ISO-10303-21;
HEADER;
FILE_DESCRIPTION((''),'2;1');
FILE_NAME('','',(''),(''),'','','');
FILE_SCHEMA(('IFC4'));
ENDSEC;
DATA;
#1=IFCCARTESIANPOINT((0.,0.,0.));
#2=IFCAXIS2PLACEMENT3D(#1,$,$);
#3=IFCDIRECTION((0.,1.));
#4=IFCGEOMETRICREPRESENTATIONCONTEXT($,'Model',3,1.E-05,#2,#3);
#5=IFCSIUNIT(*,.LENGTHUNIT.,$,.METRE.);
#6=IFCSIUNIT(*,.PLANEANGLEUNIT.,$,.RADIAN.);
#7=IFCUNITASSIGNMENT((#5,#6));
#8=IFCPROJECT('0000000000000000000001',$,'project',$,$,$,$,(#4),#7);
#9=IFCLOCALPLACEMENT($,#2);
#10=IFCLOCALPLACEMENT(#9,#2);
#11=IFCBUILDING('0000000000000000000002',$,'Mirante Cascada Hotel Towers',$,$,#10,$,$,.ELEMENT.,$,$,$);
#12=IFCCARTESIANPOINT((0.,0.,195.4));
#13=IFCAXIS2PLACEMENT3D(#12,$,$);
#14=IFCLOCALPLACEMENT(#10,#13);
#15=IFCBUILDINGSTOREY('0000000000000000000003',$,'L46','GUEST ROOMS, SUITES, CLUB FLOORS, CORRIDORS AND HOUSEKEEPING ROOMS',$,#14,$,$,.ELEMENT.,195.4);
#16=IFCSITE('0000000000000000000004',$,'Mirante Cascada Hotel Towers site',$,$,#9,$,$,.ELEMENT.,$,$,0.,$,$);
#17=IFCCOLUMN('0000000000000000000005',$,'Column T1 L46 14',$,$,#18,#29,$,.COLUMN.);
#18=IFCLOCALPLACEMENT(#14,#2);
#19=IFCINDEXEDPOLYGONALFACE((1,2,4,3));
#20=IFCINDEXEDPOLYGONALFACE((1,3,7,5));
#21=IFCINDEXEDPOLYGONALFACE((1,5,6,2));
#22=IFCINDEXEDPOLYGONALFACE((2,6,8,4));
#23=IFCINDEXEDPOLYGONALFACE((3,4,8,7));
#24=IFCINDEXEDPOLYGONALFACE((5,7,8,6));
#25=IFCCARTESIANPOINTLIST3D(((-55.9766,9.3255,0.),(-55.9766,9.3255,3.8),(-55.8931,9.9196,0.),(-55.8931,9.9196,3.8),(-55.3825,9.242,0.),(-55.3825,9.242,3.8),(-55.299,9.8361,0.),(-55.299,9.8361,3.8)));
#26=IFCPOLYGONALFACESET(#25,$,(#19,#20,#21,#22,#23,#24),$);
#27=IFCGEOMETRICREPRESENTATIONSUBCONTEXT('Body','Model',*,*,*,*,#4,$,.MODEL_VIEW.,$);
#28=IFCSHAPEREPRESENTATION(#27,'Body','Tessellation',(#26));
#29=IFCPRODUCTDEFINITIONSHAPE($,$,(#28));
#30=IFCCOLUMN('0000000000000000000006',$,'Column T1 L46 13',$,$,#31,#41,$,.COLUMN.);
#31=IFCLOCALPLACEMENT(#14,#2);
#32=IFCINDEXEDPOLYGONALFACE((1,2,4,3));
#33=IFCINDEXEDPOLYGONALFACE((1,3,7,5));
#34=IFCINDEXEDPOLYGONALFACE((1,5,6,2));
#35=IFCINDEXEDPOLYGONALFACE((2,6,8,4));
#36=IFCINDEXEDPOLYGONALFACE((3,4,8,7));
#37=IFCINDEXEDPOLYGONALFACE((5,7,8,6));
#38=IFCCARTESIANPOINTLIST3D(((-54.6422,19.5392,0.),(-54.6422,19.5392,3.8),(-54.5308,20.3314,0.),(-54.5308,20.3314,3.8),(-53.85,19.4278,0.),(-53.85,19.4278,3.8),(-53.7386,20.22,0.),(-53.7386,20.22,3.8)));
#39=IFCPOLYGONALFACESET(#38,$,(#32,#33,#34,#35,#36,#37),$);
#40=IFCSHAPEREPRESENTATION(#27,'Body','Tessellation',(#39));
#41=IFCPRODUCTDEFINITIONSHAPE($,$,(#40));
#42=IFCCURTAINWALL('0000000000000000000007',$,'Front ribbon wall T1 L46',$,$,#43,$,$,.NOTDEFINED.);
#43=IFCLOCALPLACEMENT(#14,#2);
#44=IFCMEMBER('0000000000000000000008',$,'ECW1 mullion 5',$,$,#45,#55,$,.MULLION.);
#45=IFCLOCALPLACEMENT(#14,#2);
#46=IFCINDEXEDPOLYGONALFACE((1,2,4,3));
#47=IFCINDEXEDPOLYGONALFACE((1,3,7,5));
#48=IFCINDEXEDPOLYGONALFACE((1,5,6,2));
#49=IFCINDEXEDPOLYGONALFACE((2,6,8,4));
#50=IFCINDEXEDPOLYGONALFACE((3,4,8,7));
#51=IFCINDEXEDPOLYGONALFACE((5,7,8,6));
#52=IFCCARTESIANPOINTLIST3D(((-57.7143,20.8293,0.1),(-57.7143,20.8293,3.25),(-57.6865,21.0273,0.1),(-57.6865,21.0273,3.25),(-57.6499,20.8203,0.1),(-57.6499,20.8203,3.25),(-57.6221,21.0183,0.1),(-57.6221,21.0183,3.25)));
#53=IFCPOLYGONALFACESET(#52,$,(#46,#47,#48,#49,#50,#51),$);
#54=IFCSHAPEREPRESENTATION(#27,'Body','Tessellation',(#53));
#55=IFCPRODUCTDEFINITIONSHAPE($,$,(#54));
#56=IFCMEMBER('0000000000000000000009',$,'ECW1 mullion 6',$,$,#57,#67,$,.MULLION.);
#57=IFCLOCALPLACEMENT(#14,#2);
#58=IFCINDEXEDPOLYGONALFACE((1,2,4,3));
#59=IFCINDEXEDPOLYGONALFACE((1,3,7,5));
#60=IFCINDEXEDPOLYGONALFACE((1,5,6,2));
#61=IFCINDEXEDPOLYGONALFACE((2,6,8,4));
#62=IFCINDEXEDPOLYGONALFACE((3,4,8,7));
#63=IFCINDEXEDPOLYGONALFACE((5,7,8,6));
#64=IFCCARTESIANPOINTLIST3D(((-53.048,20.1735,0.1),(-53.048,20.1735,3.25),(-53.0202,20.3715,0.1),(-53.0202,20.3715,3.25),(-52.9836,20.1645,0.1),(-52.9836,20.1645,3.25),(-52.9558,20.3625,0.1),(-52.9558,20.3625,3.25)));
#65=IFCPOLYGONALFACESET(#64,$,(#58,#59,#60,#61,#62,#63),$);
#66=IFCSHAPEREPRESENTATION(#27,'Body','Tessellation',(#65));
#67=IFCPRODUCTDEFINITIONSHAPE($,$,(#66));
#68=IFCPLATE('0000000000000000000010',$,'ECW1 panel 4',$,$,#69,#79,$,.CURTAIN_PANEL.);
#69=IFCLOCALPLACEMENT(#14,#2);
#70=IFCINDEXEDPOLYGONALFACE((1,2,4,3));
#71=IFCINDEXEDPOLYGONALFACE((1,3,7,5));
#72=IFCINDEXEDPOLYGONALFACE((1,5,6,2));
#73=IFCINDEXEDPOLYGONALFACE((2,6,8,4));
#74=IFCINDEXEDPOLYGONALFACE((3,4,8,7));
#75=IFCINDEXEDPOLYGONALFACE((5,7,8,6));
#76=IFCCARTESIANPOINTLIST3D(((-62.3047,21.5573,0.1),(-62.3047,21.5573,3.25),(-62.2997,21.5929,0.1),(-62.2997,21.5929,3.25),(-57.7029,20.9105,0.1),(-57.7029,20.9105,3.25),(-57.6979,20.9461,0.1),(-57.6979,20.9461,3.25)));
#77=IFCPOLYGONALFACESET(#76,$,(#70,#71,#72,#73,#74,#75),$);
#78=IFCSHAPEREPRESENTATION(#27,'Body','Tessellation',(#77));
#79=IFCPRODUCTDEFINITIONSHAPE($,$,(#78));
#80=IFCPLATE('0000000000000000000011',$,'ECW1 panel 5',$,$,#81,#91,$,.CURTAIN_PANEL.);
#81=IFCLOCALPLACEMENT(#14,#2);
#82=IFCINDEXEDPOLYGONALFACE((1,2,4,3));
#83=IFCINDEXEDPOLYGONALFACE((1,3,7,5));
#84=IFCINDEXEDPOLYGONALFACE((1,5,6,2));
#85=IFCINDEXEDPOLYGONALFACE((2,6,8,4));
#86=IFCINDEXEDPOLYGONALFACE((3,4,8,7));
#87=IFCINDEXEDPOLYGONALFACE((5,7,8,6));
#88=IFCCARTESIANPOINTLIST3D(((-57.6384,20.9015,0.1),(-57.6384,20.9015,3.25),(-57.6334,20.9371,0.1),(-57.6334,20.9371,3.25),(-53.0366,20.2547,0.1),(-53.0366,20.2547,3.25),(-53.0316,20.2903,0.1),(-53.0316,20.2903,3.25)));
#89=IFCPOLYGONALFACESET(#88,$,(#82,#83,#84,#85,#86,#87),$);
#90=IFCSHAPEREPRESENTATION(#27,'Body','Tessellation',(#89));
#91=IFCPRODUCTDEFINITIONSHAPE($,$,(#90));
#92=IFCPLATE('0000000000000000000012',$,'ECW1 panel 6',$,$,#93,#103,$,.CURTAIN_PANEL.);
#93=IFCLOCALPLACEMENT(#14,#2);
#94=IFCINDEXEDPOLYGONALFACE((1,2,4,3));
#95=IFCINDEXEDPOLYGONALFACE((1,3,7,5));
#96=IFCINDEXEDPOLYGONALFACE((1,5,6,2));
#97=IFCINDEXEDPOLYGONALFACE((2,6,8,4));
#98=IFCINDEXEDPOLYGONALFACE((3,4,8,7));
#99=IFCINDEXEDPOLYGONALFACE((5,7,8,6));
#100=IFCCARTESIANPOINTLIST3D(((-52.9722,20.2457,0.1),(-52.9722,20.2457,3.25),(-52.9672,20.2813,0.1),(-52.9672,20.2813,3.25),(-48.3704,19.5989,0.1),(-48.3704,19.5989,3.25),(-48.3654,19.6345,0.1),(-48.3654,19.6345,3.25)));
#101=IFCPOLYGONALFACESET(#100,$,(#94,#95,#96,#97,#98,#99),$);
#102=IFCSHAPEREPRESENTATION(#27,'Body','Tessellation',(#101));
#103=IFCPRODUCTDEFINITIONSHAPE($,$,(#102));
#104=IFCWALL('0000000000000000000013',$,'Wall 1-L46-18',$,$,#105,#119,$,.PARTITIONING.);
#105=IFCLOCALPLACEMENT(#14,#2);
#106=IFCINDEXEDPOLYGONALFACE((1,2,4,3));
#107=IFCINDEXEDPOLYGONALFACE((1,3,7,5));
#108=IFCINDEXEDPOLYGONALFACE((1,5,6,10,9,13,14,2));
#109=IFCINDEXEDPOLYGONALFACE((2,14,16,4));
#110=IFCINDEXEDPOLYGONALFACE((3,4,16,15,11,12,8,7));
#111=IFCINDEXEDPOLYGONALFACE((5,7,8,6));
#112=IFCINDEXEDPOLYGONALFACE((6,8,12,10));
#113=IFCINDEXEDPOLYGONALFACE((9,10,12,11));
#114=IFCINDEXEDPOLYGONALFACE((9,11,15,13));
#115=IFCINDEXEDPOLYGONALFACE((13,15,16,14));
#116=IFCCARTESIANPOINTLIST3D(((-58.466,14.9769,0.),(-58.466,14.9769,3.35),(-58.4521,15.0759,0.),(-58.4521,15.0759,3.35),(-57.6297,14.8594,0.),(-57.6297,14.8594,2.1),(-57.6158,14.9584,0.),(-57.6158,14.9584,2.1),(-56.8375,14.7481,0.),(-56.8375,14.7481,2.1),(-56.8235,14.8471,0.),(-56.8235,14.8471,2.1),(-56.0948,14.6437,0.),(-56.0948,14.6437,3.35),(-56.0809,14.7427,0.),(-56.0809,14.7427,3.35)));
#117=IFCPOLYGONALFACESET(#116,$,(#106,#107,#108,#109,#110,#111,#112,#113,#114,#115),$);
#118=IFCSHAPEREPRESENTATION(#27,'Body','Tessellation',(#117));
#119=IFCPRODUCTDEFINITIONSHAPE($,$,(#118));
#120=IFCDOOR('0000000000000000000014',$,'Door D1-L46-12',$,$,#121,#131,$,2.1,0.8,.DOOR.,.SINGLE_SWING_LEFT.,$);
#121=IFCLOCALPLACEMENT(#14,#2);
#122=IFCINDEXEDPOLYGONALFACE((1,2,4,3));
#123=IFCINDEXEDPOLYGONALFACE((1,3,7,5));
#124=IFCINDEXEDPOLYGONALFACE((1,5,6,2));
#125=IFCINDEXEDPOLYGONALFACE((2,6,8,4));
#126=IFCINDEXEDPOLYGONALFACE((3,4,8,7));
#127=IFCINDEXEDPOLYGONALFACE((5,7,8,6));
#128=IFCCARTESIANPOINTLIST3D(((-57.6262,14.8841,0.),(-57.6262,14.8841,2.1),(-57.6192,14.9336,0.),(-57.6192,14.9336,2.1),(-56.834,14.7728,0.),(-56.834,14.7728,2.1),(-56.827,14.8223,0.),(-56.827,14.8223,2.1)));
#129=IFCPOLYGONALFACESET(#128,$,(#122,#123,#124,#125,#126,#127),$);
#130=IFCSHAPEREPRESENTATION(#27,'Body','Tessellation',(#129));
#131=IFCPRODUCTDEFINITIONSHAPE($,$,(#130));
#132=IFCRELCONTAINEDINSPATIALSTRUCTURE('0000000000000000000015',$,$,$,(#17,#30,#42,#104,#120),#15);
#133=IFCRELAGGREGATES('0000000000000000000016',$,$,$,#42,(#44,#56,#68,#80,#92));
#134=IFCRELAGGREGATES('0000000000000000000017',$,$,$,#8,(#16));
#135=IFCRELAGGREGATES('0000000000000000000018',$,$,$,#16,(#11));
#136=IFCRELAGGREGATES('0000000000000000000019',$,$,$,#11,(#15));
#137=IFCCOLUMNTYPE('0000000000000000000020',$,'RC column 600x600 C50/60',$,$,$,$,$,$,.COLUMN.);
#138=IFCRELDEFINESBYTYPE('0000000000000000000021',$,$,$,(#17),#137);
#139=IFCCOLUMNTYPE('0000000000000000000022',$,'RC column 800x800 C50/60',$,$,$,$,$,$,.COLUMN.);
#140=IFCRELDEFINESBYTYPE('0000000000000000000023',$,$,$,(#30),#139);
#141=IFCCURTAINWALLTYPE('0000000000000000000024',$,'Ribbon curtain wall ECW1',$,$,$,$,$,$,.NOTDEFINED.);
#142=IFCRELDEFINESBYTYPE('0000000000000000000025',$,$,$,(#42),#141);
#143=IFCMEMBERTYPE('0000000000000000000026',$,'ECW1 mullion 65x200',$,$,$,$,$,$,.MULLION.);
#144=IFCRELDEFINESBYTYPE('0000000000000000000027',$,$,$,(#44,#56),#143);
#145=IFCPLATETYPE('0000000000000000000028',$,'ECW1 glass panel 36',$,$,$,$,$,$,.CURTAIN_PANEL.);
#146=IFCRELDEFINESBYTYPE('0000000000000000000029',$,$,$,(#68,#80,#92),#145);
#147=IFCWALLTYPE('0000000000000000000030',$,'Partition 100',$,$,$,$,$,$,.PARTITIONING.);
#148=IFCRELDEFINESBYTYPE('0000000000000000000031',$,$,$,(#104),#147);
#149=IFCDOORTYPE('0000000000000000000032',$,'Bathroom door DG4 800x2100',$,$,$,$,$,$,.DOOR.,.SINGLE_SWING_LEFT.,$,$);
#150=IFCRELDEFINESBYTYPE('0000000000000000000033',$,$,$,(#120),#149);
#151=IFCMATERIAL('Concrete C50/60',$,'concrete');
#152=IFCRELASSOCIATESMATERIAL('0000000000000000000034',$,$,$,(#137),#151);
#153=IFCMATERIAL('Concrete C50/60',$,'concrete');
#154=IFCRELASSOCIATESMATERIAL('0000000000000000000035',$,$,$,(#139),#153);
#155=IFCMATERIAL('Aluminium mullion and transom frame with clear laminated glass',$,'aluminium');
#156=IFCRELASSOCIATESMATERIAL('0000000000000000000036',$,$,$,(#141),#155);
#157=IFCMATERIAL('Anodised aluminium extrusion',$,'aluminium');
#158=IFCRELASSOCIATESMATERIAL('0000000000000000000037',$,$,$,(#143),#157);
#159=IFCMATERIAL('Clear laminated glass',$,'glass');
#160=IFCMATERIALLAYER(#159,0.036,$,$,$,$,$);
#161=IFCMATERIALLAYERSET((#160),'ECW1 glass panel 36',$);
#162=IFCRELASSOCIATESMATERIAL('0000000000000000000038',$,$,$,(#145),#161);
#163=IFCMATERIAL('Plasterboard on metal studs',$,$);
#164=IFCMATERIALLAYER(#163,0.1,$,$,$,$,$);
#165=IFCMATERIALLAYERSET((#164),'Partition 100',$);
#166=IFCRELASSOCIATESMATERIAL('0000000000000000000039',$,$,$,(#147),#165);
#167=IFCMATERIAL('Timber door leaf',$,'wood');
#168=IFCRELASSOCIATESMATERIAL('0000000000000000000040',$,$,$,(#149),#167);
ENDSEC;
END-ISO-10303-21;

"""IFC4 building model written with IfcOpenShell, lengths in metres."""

from ifc_helpers import new_model, si_unit, direction, frame, frame_2d, origin, origin_2d, place, context, subcontext, project, spatial, rectangle, extrude, material, layer, layer_set, material_profile, profile_set, type_object, element, fill, aggregate, save


model = new_model("IFC4")

# Units and contexts
model_context = context("Model", 3, precision=1e-05, world=origin(), true_north=direction((0.0, 1.0)))
body_context = subcontext(model_context, "Body", "Model", "MODEL_VIEW")
ifc_project = project(units=[si_unit("LENGTHUNIT", "METRE"), si_unit("PLANEANGLEUNIT", "RADIAN")], contexts=[model_context])

# Site, building, storey
site_placement = place(None, origin())
site = spatial("IfcSite", under=ifc_project, at=site_placement, Name="Mirante Cascada Hotel Towers site", CompositionType="ELEMENT", RefElevation=0.0)
building_placement = place(site_placement, origin())
building = spatial("IfcBuilding", under=site, at=building_placement, Name="Mirante Cascada Hotel Towers", CompositionType="ELEMENT")
storey_placement = place(building_placement, frame((0.0, 0.0, 195.4)))
storey = spatial("IfcBuildingStorey", under=building, at=storey_placement, Name="L46", Description="GUEST ROOMS, SUITES, CLUB FLOORS, CORRIDORS AND HOUSEKEEPING ROOMS", CompositionType="ELEMENT", Elevation=195.4)

# Columns
ifc_material_1 = material(Name="Concrete C50/60", Category="concrete")
ifc_material_profile_1 = material_profile(ifc_material_1, rectangle(XDim=0.6, YDim=0.6, at=origin_2d()), Name="RC column 600x600 C50/60")
ifc_profile_set_1 = profile_set([ifc_material_profile_1], Name="Concrete C50/60")
column_type_1 = type_object("IfcColumnType", Name="RC column 600x600 C50/60", PredefinedType="COLUMN", material=ifc_profile_set_1)
column_1_placement = place(storey_placement, frame((-55.6378, 9.5808, 0.0), z_axis=(0.0, 0.0, 1.0), x_axis=(-0.990268, 0.139173, 0.0)))
element("IfcColumn", 1, at=column_1_placement, inside=storey, type_object=column_type_1, Name="Column T1 L46 14", PredefinedType="COLUMN", context=body_context, shape_type="SweptSolid", body=[
    extrude(rectangle(XDim=0.6, YDim=0.6, at=origin_2d()), origin(), (0.0, 0.0, 1.0), 3.8),
])
ifc_material_2 = material(Name="Concrete C50/60", Category="concrete")
ifc_material_profile_2 = material_profile(ifc_material_2, rectangle(XDim=0.8, YDim=0.8, at=origin_2d()), Name="RC column 800x800 C50/60")
ifc_profile_set_2 = profile_set([ifc_material_profile_2], Name="Concrete C50/60")
column_type_2 = type_object("IfcColumnType", Name="RC column 800x800 C50/60", PredefinedType="COLUMN", material=ifc_profile_set_2)
column_2_placement = place(storey_placement, frame((-54.1904, 19.8796, 0.0), z_axis=(0.0, 0.0, 1.0), x_axis=(-0.990268, 0.139173, 0.0)))
element("IfcColumn", 2, at=column_2_placement, inside=storey, type_object=column_type_2, Name="Column T1 L46 13", PredefinedType="COLUMN", context=body_context, shape_type="SweptSolid", body=[
    extrude(rectangle(XDim=0.8, YDim=0.8, at=origin_2d()), origin(), (0.0, 0.0, 1.0), 3.8),
])

# Curtain wall, members, plates
ifc_material_3 = material(Name="Aluminium mullion and transom frame with clear laminated glass", Category="aluminium")
curtain_wall_type = type_object("IfcCurtainWallType", Name="Ribbon curtain wall ECW1", PredefinedType="NOTDEFINED", material=ifc_material_3)
curtain_wall_placement = place(storey_placement, origin())
curtain_wall = element("IfcCurtainWall", 3, at=curtain_wall_placement, inside=storey, type_object=curtain_wall_type, Name="Front ribbon wall T1 L46", PredefinedType="NOTDEFINED")
ifc_material_4 = material(Name="Anodised aluminium extrusion", Category="aluminium")
ifc_material_profile_3 = material_profile(ifc_material_4, rectangle(XDim=0.2, YDim=0.065, at=origin_2d()), Name="ECW1 MULLION 65x200")
ifc_profile_set_3 = profile_set([ifc_material_profile_3], Name="Anodised aluminium extrusion")
member_type = type_object("IfcMemberType", Name="ECW1 mullion 65x200", PredefinedType="MULLION", material=ifc_profile_set_3)
member_1_placement = place(storey_placement, frame((-57.6682, 20.9238, 0.1), z_axis=(0.0, 0.0, 1.0), x_axis=(0.139173, 0.990268, 0.0)))
member_1 = element("IfcMember", 4, at=member_1_placement, type_object=member_type, Name="ECW1 mullion 5", PredefinedType="MULLION", context=body_context, shape_type="SweptSolid", body=[
    extrude(rectangle(XDim=0.2, YDim=0.065, at=origin_2d()), origin(), (0.0, 0.0, 1.0), 3.15),
])
member_2_placement = place(storey_placement, frame((-53.0019, 20.268, 0.1), z_axis=(0.0, 0.0, 1.0), x_axis=(0.139173, 0.990268, 0.0)))
member_2 = element("IfcMember", 5, at=member_2_placement, type_object=member_type, Name="ECW1 mullion 6", PredefinedType="MULLION", context=body_context, shape_type="SweptSolid", body=[
    extrude(rectangle(XDim=0.2, YDim=0.065, at=origin_2d()), origin(), (0.0, 0.0, 1.0), 3.15),
])
ifc_material_5 = material(Name="Clear laminated glass", Category="glass")
ifc_layer_1 = layer(ifc_material_5, 0.036)
ifc_layer_set_1 = layer_set([ifc_layer_1], Name="ECW1 glass panel 36")
plate_type = type_object("IfcPlateType", Name="ECW1 glass panel 36", PredefinedType="CURTAIN_PANEL", material=ifc_layer_set_1)
plate_1_placement = place(storey_placement, frame((-60.0013, 21.2517, 0.1), z_axis=(0.0, 0.0, 1.0), x_axis=(0.990268, -0.139173, 0.0)))
plate_1 = element("IfcPlate", 6, at=plate_1_placement, type_object=plate_type, Name="ECW1 panel 4", PredefinedType="CURTAIN_PANEL", context=body_context, shape_type="SweptSolid", body=[
    extrude(rectangle(XDim=4.6471, YDim=0.036, at=origin_2d()), origin(), (0.0, 0.0, 1.0), 3.15),
])
plate_2_placement = place(storey_placement, frame((-55.335, 20.5959, 0.1), z_axis=(0.0, 0.0, 1.0), x_axis=(0.990268, -0.139173, 0.0)))
plate_2 = element("IfcPlate", 7, at=plate_2_placement, type_object=plate_type, Name="ECW1 panel 5", PredefinedType="CURTAIN_PANEL", context=body_context, shape_type="SweptSolid", body=[
    extrude(rectangle(XDim=4.6471, YDim=0.036, at=origin_2d()), origin(), (0.0, 0.0, 1.0), 3.15),
])
plate_3_placement = place(storey_placement, frame((-50.6688, 19.9401, 0.1), z_axis=(0.0, 0.0, 1.0), x_axis=(0.990268, -0.139173, 0.0)))
plate_3 = element("IfcPlate", 8, at=plate_3_placement, type_object=plate_type, Name="ECW1 panel 6", PredefinedType="CURTAIN_PANEL", context=body_context, shape_type="SweptSolid", body=[
    extrude(rectangle(XDim=4.6471, YDim=0.036, at=origin_2d()), origin(), (0.0, 0.0, 1.0), 3.15),
])
aggregate(curtain_wall, [member_1, member_2, plate_1, plate_2, plate_3])

# Wall, opening, door
ifc_material_6 = material(Name="Plasterboard on metal studs")
ifc_layer_2 = layer(ifc_material_6, 0.1)
ifc_layer_set_2 = layer_set([ifc_layer_2], Name="Partition 100")
wall_type = type_object("IfcWallType", Name="Partition 100", PredefinedType="PARTITIONING", material=ifc_layer_set_2)
wall_1_placement = place(storey_placement, frame((-58.459, 15.0264, 0.0), z_axis=(0.0, 0.0, 1.0), x_axis=(0.990271, -0.139152, 0.0)))
wall_1 = element("IfcWall", 9, at=wall_1_placement, inside=storey, type_object=wall_type, Name="Wall 1-L46-18", PredefinedType="PARTITIONING", context=body_context, shape_type="SweptSolid", body=[
    extrude(rectangle(XDim=2.3945, YDim=0.1, at=frame_2d((1.1972, 0.0))), origin(), (0.0, 0.0, 1.0), 3.35),
])
opening_1_placement = place(wall_1_placement, frame((0.8445, 0.0, 0.0)))
opening_1 = element("IfcOpeningElement", 10, at=opening_1_placement, cuts=wall_1, PredefinedType="OPENING", context=body_context, shape_type="SweptSolid", body=[
    extrude(rectangle(XDim=0.8, YDim=2.1, at=frame_2d((0.4, 1.05))), frame((0.0, 0.05, 0.0), z_axis=(0.0, -1.0, 0.0), x_axis=(1.0, 0.0, 0.0)), (0.0, 0.0, 1.0), 0.1),
])
ifc_material_7 = material(Name="Timber door leaf", Category="wood")
door_type_1 = type_object("IfcDoorType", Name="Bathroom door DG4 800x2100", OperationType="SINGLE_SWING_LEFT", PredefinedType="DOOR", material=ifc_material_7)
door_1_placement = place(opening_1_placement, origin())
door_1 = element("IfcDoor", 11, at=door_1_placement, inside=storey, type_object=door_type_1, Name="Door D1-L46-12", OperationType="SINGLE_SWING_LEFT", OverallHeight=2.1, OverallWidth=0.8, PredefinedType="DOOR", context=body_context, shape_type="SweptSolid", body=[
    extrude(rectangle(XDim=0.8, YDim=2.1, at=frame_2d((0.4, 1.05))), frame((0.0, 0.025, 0.0), z_axis=(0.0, -1.0, 0.0), x_axis=(1.0, 0.0, 0.0)), (0.0, 0.0, 1.0), 0.05),
])
fill(opening_1, door_1)

save(model, "model.ifc")
